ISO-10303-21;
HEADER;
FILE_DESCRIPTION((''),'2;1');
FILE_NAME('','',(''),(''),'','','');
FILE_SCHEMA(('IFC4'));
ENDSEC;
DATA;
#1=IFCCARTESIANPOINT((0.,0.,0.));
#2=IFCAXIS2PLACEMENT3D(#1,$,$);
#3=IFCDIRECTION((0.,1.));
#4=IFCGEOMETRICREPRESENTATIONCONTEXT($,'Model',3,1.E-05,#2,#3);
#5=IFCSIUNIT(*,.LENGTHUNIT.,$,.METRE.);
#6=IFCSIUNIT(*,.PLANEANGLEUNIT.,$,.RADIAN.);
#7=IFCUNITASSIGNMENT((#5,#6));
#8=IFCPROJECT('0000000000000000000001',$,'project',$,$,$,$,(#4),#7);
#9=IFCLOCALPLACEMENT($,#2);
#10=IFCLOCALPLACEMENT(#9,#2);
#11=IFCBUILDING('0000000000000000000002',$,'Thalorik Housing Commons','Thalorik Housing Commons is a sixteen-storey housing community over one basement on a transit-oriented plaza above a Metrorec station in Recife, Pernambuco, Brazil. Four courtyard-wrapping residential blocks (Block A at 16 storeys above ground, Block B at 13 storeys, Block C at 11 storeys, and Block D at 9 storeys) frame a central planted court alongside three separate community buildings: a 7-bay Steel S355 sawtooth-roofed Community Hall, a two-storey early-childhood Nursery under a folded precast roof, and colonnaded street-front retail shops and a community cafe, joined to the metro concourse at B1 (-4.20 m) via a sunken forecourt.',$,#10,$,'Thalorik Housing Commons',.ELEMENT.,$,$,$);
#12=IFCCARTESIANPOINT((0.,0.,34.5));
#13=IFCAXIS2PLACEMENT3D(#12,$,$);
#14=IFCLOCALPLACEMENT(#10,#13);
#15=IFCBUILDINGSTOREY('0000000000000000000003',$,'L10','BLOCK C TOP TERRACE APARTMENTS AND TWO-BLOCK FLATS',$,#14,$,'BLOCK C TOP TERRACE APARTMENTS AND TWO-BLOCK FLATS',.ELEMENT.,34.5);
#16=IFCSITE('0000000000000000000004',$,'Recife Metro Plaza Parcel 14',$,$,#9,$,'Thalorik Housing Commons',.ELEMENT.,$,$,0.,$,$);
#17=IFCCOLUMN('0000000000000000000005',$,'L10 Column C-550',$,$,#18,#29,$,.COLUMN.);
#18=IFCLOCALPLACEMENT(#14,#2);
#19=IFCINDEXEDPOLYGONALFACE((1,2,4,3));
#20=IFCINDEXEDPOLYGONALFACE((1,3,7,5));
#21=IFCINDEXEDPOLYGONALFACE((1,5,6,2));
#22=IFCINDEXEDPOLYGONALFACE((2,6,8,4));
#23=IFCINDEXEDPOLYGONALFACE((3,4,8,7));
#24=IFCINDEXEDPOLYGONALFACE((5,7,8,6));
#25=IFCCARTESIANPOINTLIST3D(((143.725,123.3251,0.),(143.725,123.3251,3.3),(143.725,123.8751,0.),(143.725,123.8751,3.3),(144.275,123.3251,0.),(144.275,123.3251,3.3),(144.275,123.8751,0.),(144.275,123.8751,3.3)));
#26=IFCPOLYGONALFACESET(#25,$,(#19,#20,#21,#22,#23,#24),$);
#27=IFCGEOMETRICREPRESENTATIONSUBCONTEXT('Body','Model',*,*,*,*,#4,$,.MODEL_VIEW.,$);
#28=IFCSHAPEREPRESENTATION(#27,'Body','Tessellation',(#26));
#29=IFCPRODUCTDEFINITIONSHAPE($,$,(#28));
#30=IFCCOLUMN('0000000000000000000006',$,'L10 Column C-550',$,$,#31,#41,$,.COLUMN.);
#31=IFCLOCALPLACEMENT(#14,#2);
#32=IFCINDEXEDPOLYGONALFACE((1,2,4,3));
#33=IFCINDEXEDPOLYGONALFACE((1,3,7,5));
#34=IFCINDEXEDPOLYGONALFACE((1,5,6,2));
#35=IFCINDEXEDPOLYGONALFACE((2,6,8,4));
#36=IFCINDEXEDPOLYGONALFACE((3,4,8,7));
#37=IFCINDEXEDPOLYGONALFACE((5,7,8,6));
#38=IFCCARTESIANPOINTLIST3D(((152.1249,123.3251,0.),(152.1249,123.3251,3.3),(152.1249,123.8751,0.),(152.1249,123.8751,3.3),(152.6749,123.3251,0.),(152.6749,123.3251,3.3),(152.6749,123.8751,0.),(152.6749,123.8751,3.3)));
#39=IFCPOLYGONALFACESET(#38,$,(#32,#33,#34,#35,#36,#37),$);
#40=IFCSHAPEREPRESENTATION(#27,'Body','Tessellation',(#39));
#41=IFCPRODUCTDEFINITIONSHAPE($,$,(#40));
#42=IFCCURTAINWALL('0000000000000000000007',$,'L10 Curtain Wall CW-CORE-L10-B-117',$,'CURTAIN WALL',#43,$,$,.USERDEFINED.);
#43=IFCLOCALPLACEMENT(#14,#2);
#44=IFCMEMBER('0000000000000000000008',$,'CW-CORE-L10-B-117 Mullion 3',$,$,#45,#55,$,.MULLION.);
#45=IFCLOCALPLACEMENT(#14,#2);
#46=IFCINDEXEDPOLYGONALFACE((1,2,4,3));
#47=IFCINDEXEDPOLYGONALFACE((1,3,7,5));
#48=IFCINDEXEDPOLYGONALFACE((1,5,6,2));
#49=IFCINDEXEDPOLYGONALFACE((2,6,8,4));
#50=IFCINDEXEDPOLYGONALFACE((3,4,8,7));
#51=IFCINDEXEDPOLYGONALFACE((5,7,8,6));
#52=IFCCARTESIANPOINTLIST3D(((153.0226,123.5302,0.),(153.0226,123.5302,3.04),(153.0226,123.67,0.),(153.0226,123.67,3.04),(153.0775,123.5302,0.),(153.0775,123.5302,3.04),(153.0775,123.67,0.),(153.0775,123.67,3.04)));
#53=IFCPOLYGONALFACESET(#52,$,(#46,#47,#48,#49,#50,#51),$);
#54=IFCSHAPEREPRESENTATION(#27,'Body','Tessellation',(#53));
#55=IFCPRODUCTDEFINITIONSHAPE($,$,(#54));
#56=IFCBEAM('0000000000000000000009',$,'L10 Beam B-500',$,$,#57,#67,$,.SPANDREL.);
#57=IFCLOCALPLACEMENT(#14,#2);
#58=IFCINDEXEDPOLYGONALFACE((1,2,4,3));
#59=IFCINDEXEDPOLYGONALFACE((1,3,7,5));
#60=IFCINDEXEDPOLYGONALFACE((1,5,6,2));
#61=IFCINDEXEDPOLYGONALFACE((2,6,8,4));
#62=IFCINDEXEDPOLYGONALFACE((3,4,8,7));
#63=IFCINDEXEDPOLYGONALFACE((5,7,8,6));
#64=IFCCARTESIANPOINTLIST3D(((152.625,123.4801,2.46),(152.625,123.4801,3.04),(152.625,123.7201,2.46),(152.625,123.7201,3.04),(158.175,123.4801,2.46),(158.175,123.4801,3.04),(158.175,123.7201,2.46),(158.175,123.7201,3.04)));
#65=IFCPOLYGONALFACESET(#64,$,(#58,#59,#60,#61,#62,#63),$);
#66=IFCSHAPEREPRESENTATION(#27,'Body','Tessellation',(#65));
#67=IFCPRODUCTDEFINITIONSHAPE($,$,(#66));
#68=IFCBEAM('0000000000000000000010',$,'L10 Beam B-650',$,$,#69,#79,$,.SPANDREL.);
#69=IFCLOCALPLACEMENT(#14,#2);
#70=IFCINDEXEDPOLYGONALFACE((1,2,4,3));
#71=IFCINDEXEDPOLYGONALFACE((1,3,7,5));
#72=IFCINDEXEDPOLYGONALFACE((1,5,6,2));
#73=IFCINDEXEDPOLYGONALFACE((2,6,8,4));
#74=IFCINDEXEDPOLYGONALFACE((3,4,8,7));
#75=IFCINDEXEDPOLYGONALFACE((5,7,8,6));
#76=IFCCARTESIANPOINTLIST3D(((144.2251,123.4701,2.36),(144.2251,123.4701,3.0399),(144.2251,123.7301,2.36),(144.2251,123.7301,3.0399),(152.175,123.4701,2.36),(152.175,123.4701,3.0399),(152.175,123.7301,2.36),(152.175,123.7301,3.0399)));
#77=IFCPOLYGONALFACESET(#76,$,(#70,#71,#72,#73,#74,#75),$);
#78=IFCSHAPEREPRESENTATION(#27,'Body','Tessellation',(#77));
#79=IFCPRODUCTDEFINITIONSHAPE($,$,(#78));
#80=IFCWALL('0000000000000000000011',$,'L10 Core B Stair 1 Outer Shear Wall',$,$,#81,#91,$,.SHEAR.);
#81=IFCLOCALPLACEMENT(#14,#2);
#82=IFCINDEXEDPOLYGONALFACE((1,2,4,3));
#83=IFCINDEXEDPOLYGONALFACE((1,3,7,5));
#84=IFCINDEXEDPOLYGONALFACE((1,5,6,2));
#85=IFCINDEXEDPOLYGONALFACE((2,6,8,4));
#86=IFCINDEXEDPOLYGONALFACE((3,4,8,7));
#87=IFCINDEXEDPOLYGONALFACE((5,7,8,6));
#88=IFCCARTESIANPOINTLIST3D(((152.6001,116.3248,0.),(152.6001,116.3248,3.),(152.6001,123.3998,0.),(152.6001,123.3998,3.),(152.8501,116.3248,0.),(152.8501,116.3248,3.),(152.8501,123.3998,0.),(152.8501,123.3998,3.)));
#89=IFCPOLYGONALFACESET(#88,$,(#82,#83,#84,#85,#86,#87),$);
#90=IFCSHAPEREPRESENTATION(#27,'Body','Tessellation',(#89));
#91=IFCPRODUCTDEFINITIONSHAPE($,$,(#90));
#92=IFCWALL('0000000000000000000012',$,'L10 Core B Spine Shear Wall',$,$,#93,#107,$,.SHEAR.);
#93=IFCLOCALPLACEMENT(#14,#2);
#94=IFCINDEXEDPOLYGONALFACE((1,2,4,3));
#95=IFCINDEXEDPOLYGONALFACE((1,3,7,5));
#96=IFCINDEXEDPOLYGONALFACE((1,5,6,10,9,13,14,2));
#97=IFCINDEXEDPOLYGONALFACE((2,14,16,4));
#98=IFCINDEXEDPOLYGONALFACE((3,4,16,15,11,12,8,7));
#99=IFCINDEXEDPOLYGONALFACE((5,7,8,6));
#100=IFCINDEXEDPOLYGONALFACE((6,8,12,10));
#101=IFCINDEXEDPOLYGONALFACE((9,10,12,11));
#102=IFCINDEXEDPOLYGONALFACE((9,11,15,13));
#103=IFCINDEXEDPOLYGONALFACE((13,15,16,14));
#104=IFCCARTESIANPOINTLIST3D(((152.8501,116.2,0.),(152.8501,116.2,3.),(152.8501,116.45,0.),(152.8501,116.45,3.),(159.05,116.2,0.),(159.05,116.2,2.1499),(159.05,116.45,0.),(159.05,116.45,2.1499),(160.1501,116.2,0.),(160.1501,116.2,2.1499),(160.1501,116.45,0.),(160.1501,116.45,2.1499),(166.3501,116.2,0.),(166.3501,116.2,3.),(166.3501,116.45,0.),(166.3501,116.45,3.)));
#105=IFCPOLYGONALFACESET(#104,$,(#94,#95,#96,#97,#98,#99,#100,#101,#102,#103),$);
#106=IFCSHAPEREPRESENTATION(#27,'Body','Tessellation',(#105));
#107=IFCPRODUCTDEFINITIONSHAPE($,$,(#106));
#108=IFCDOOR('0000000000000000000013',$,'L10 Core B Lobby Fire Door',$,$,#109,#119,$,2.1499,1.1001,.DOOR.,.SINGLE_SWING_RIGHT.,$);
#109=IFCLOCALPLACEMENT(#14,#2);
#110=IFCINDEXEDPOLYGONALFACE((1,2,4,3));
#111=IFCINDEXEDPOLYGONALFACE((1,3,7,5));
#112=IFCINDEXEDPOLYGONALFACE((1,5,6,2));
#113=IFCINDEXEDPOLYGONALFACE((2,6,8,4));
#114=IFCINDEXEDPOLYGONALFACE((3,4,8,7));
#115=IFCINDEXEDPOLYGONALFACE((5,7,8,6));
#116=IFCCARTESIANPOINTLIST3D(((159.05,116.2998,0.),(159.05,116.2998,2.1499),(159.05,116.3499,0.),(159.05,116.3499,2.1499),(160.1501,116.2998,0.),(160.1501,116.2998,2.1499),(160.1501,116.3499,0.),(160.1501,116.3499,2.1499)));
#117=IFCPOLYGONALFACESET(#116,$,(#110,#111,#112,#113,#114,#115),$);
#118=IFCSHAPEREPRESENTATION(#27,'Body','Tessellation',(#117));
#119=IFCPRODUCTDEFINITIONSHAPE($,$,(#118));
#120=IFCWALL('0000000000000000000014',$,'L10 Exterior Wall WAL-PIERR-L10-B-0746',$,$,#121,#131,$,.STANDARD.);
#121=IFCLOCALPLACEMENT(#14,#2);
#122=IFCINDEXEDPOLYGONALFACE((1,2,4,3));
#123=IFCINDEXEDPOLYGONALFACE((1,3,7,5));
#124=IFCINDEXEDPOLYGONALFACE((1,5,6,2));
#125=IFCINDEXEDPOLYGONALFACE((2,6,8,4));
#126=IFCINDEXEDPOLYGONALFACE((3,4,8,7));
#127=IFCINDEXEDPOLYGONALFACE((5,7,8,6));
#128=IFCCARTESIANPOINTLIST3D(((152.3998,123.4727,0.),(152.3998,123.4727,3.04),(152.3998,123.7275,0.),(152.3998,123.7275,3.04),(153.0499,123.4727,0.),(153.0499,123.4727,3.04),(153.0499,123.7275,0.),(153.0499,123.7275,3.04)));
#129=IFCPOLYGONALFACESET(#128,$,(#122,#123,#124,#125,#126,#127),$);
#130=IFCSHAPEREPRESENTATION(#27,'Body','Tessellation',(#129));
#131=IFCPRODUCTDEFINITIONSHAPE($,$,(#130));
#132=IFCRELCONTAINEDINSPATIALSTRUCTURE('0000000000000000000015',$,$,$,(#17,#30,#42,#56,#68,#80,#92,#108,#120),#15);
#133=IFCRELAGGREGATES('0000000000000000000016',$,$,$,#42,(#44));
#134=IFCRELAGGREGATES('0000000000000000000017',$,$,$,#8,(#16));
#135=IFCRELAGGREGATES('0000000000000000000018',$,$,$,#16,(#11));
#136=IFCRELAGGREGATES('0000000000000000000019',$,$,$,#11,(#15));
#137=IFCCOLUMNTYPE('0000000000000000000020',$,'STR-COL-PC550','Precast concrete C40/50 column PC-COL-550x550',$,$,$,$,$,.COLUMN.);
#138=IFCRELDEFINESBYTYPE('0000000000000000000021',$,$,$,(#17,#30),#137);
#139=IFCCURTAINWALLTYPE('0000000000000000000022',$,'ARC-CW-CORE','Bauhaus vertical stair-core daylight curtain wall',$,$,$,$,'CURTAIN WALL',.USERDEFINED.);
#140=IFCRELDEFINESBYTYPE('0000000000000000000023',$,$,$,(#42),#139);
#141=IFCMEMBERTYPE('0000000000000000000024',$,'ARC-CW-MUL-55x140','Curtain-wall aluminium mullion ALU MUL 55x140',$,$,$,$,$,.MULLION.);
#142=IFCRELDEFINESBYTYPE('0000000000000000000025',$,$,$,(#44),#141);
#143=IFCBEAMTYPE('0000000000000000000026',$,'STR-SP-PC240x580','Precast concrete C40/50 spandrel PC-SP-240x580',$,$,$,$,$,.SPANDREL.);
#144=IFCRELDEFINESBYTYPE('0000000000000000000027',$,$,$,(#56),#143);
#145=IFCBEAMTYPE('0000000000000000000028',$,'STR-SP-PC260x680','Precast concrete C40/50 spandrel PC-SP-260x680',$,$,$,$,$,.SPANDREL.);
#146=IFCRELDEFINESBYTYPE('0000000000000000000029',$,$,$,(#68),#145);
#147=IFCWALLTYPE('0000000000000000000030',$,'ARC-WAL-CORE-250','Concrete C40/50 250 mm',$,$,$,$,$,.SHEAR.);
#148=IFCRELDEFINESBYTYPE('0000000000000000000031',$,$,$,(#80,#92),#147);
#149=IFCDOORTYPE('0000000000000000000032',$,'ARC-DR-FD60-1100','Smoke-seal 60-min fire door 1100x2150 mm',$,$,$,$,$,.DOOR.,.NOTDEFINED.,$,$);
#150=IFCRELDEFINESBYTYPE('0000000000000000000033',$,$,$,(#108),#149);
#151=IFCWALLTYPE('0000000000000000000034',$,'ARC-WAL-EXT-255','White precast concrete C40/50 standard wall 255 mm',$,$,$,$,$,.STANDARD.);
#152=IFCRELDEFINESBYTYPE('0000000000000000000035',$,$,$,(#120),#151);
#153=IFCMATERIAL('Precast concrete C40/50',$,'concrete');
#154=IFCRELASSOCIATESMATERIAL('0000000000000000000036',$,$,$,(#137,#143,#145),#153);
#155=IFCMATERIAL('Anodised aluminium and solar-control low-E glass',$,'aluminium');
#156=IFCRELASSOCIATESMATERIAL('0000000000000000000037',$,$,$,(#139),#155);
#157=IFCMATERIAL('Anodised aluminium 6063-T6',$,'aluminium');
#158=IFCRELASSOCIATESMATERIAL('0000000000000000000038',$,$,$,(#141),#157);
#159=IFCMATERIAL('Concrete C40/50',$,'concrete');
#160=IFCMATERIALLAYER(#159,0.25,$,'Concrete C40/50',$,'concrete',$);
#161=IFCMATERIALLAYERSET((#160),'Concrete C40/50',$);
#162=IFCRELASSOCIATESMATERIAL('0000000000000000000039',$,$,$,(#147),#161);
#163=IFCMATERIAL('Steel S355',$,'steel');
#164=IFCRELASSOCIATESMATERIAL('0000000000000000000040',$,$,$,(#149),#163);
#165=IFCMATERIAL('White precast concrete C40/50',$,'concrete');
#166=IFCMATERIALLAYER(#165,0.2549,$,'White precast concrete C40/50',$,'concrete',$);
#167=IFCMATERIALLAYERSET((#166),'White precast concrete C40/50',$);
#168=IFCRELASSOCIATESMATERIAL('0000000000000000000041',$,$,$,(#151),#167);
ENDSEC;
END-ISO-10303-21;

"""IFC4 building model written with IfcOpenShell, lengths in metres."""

from ifc_helpers import new_model, si_unit, direction, frame, frame_2d, origin, origin_2d, place, context, subcontext, project, spatial, rectangle, extrude, material, layer, layer_set, material_profile, profile_set, type_object, element, fill, aggregate, save


model = new_model("IFC4")

# Units and contexts
model_context = context("Model", 3, precision=1e-05, world=origin(), true_north=direction((0.0, 1.0)))
body_context = subcontext(model_context, "Body", "Model", "MODEL_VIEW")
ifc_project = project(units=[si_unit("LENGTHUNIT", "METRE"), si_unit("PLANEANGLEUNIT", "RADIAN")], contexts=[model_context])

# Site, building, storey
site_placement = place(None, origin())
site = spatial("IfcSite", under=ifc_project, at=site_placement, Name="Recife Metro Plaza Parcel 14", LongName="Thalorik Housing Commons", CompositionType="ELEMENT", RefElevation=0.0)
building_placement = place(site_placement, origin())
building = spatial("IfcBuilding", under=site, at=building_placement, Name="Thalorik Housing Commons", Description="Thalorik Housing Commons is a sixteen-storey housing community over one basement on a transit-oriented plaza above a Metrorec station in Recife, Pernambuco, Brazil. Four courtyard-wrapping residential blocks (Block A at 16 storeys above ground, Block B at 13 storeys, Block C at 11 storeys, and Block D at 9 storeys) frame a central planted court alongside three separate community buildings: a 7-bay Steel S355 sawtooth-roofed Community Hall, a two-storey early-childhood Nursery under a folded precast roof, and colonnaded street-front retail shops and a community cafe, joined to the metro concourse at B1 (-4.20 m) via a sunken forecourt.", LongName="Thalorik Housing Commons", CompositionType="ELEMENT")
storey_placement = place(building_placement, frame((0.0, 0.0, 34.5)))
storey = spatial("IfcBuildingStorey", under=building, at=storey_placement, Name="L10", Description="BLOCK C TOP TERRACE APARTMENTS AND TWO-BLOCK FLATS", LongName="BLOCK C TOP TERRACE APARTMENTS AND TWO-BLOCK FLATS", CompositionType="ELEMENT", Elevation=34.5)

# Columns
ifc_material_1 = material(Name="Precast concrete C40/50", Category="concrete")
ifc_material_profile_1 = material_profile(ifc_material_1, rectangle(XDim=0.55, YDim=0.55, at=origin_2d()), Name="PC 550x550", Category="concrete")
ifc_profile_set_1 = profile_set([ifc_material_profile_1], Name="Precast concrete C40/50")
column_type = type_object("IfcColumnType", Name="STR-COL-PC550", Description="Precast concrete C40/50 column PC-COL-550x550", PredefinedType="COLUMN", material=ifc_profile_set_1)
for number, where, z_axis, x_axis, name in (
    (1, (144.0, 123.6001, 0.0), (0.0, 0.0, 1.0), (1.0, 0.0, 0.0), "L10 Column C-550"),
    (2, (152.3999, 123.6001, 0.0), (0.0, 0.0, 1.0), (1.0, 0.0, 0.0), "L10 Column C-550"),
):
    element("IfcColumn", number, at=place(storey_placement, frame(where, z_axis=z_axis, x_axis=x_axis)), inside=storey, type_object=column_type, Name=name, PredefinedType="COLUMN", context=body_context, shape_type="SweptSolid", body=[
        extrude(rectangle(XDim=0.55, YDim=0.55, at=origin_2d()), origin(), (0.0, 0.0, 1.0), 3.3),
    ])

# Curtain wall, member
ifc_material_2 = material(Name="Anodised aluminium and solar-control low-E glass", Category="aluminium")
curtain_wall_type = type_object("IfcCurtainWallType", Name="ARC-CW-CORE", Description="Bauhaus vertical stair-core daylight curtain wall", ElementType="CURTAIN WALL", PredefinedType="USERDEFINED", material=ifc_material_2)
curtain_wall_placement = place(storey_placement, origin())
curtain_wall = element("IfcCurtainWall", 3, at=curtain_wall_placement, inside=storey, type_object=curtain_wall_type, Name="L10 Curtain Wall CW-CORE-L10-B-117", ObjectType="CURTAIN WALL", PredefinedType="USERDEFINED")
ifc_material_3 = material(Name="Anodised aluminium 6063-T6", Category="aluminium")
ifc_material_profile_2 = material_profile(ifc_material_3, rectangle(XDim=0.0549, YDim=0.1399, at=origin_2d()), Name="ALU MUL 55x140", Category="aluminium")
ifc_profile_set_2 = profile_set([ifc_material_profile_2], Name="Anodised aluminium 6063-T6")
member_type = type_object("IfcMemberType", Name="ARC-CW-MUL-55x140", Description="Curtain-wall aluminium mullion ALU MUL 55x140", PredefinedType="MULLION", material=ifc_profile_set_2)
member_placement = place(storey_placement, frame((153.05, 123.6001, 0.0), z_axis=(0.0, 0.0, 1.0), x_axis=(-1.0, 0.0, 0.0)))
member = element("IfcMember", 4, at=member_placement, type_object=member_type, Name="CW-CORE-L10-B-117 Mullion 3", PredefinedType="MULLION", context=body_context, shape_type="SweptSolid", body=[
    extrude(rectangle(XDim=0.0549, YDim=0.1399, at=origin_2d()), origin(), (0.0, 0.0, 1.0), 3.04),
])
aggregate(curtain_wall, [member])

# Beams
ifc_material_profile_3 = material_profile(ifc_material_1, rectangle(XDim=0.24, YDim=0.5801, at=origin_2d()), Name="PC SP 240x580", Category="concrete")
ifc_profile_set_3 = profile_set([ifc_material_profile_3], Name="Precast concrete C40/50")
beam_type_1 = type_object("IfcBeamType", Name="STR-SP-PC240x580", Description="Precast concrete C40/50 spandrel PC-SP-240x580", PredefinedType="SPANDREL", material=ifc_profile_set_3)
beam_1_placement = place(storey_placement, frame((152.625, 123.6001, 2.75), z_axis=(1.0, 0.0, 0.0), x_axis=(0.0, 1.0, 0.0)))
element("IfcBeam", 5, at=beam_1_placement, inside=storey, type_object=beam_type_1, Name="L10 Beam B-500", PredefinedType="SPANDREL", context=body_context, shape_type="SweptSolid", body=[
    extrude(rectangle(XDim=0.24, YDim=0.5801, at=origin_2d()), origin(), (0.0, 0.0, 1.0), 5.55),
])
ifc_material_profile_4 = material_profile(ifc_material_1, rectangle(XDim=0.26, YDim=0.6799, at=origin_2d()), Name="PC SP 260x680", Category="concrete")
ifc_profile_set_4 = profile_set([ifc_material_profile_4], Name="Precast concrete C40/50")
beam_type_2 = type_object("IfcBeamType", Name="STR-SP-PC260x680", Description="Precast concrete C40/50 spandrel PC-SP-260x680", PredefinedType="SPANDREL", material=ifc_profile_set_4)
beam_2_placement = place(storey_placement, frame((144.2251, 123.6001, 2.7), z_axis=(1.0, 0.0, 0.0), x_axis=(0.0, 1.0, 0.0)))
element("IfcBeam", 6, at=beam_2_placement, inside=storey, type_object=beam_type_2, Name="L10 Beam B-650", PredefinedType="SPANDREL", context=body_context, shape_type="SweptSolid", body=[
    extrude(rectangle(XDim=0.26, YDim=0.6799, at=origin_2d()), origin(), (0.0, 0.0, 1.0), 7.95),
])

# Wall
ifc_material_4 = material(Name="Concrete C40/50", Category="concrete")
ifc_layer_1 = layer(ifc_material_4, 0.25, Name="Concrete C40/50", Category="concrete")
ifc_layer_set_1 = layer_set([ifc_layer_1], Name="Concrete C40/50")
wall_type_1 = type_object("IfcWallType", Name="ARC-WAL-CORE-250", Description="Concrete C40/50 250 mm", PredefinedType="SHEAR", material=ifc_layer_set_1)
wall_1_placement = place(storey_placement, frame((152.7251, 123.3999, 0.0), z_axis=(0.0, 0.0, 1.0), x_axis=(0.0, -1.0, 0.0)))
element("IfcWall", 7, at=wall_1_placement, inside=storey, type_object=wall_type_1, Name="L10 Core B Stair 1 Outer Shear Wall", PredefinedType="SHEAR", context=body_context, shape_type="SweptSolid", body=[
    extrude(rectangle(XDim=7.075, YDim=0.25, at=frame_2d((3.5376, 0.0))), origin(), (0.0, 0.0, 1.0), 3.0),
])

# Wall, opening, door
wall_2_placement = place(storey_placement, frame((152.8501, 116.325, 0.0), z_axis=(0.0, 0.0, 1.0), x_axis=(1.0, 0.0, 0.0)))
wall_2 = element("IfcWall", 8, at=wall_2_placement, inside=storey, type_object=wall_type_1, Name="L10 Core B Spine Shear Wall", PredefinedType="SHEAR", context=body_context, shape_type="SweptSolid", body=[
    extrude(rectangle(XDim=13.5, YDim=0.25, at=frame_2d((6.75, 0.0))), origin(), (0.0, 0.0, 1.0), 3.0),
])
opening_1_placement = place(wall_2_placement, frame((6.2, 0.0, 0.0)))
opening_1 = element("IfcOpeningElement", 9, at=opening_1_placement, cuts=wall_2, PredefinedType="OPENING", context=body_context, shape_type="SweptSolid", body=[
    extrude(rectangle(XDim=1.1001, YDim=2.1499, at=frame_2d((0.55, 1.075))), frame((0.0, 0.135, 0.0), z_axis=(0.0, -1.0, 0.0), x_axis=(1.0, 0.0, 0.0)), (0.0, 0.0, 1.0), 0.27),
])
ifc_material_5 = material(Name="Steel S355", Category="steel")
door_type_1 = type_object("IfcDoorType", Name="ARC-DR-FD60-1100", Description="Smoke-seal 60-min fire door 1100x2150 mm", OperationType="NOTDEFINED", PredefinedType="DOOR", material=ifc_material_5)
door_1_placement = place(opening_1_placement, origin())
door_1 = element("IfcDoor", 10, at=door_1_placement, inside=storey, type_object=door_type_1, Name="L10 Core B Lobby Fire Door", OperationType="SINGLE_SWING_RIGHT", OverallHeight=2.1499, OverallWidth=1.1001, PredefinedType="DOOR", context=body_context, shape_type="SweptSolid", body=[
    extrude(rectangle(XDim=1.1001, YDim=2.1499, at=frame_2d((0.55, 1.075))), frame((0.0, 0.0249, 0.0), z_axis=(0.0, -1.0, 0.0), x_axis=(1.0, 0.0, 0.0)), (0.0, 0.0, 1.0), 0.05),
])
fill(opening_1, door_1)

# Wall
ifc_material_6 = material(Name="White precast concrete C40/50", Category="concrete")
ifc_layer_2 = layer(ifc_material_6, 0.2549, Name="White precast concrete C40/50", Category="concrete")
ifc_layer_set_2 = layer_set([ifc_layer_2], Name="White precast concrete C40/50")
wall_type_2 = type_object("IfcWallType", Name="ARC-WAL-EXT-255", Description="White precast concrete C40/50 standard wall 255 mm", PredefinedType="STANDARD", material=ifc_layer_set_2)
wall_3_placement = place(storey_placement, frame((153.05, 123.6001, 0.0), z_axis=(0.0, 0.0, 1.0), x_axis=(-1.0, 0.0, 0.0)))
element("IfcWall", 11, at=wall_3_placement, inside=storey, type_object=wall_type_2, Name="L10 Exterior Wall WAL-PIERR-L10-B-0746", PredefinedType="STANDARD", context=body_context, shape_type="SweptSolid", body=[
    extrude(rectangle(XDim=0.6501, YDim=0.2549, at=frame_2d((0.3252, 0.0))), origin(), (0.0, 0.0, 1.0), 3.04),
])

save(model, "model.ifc")
